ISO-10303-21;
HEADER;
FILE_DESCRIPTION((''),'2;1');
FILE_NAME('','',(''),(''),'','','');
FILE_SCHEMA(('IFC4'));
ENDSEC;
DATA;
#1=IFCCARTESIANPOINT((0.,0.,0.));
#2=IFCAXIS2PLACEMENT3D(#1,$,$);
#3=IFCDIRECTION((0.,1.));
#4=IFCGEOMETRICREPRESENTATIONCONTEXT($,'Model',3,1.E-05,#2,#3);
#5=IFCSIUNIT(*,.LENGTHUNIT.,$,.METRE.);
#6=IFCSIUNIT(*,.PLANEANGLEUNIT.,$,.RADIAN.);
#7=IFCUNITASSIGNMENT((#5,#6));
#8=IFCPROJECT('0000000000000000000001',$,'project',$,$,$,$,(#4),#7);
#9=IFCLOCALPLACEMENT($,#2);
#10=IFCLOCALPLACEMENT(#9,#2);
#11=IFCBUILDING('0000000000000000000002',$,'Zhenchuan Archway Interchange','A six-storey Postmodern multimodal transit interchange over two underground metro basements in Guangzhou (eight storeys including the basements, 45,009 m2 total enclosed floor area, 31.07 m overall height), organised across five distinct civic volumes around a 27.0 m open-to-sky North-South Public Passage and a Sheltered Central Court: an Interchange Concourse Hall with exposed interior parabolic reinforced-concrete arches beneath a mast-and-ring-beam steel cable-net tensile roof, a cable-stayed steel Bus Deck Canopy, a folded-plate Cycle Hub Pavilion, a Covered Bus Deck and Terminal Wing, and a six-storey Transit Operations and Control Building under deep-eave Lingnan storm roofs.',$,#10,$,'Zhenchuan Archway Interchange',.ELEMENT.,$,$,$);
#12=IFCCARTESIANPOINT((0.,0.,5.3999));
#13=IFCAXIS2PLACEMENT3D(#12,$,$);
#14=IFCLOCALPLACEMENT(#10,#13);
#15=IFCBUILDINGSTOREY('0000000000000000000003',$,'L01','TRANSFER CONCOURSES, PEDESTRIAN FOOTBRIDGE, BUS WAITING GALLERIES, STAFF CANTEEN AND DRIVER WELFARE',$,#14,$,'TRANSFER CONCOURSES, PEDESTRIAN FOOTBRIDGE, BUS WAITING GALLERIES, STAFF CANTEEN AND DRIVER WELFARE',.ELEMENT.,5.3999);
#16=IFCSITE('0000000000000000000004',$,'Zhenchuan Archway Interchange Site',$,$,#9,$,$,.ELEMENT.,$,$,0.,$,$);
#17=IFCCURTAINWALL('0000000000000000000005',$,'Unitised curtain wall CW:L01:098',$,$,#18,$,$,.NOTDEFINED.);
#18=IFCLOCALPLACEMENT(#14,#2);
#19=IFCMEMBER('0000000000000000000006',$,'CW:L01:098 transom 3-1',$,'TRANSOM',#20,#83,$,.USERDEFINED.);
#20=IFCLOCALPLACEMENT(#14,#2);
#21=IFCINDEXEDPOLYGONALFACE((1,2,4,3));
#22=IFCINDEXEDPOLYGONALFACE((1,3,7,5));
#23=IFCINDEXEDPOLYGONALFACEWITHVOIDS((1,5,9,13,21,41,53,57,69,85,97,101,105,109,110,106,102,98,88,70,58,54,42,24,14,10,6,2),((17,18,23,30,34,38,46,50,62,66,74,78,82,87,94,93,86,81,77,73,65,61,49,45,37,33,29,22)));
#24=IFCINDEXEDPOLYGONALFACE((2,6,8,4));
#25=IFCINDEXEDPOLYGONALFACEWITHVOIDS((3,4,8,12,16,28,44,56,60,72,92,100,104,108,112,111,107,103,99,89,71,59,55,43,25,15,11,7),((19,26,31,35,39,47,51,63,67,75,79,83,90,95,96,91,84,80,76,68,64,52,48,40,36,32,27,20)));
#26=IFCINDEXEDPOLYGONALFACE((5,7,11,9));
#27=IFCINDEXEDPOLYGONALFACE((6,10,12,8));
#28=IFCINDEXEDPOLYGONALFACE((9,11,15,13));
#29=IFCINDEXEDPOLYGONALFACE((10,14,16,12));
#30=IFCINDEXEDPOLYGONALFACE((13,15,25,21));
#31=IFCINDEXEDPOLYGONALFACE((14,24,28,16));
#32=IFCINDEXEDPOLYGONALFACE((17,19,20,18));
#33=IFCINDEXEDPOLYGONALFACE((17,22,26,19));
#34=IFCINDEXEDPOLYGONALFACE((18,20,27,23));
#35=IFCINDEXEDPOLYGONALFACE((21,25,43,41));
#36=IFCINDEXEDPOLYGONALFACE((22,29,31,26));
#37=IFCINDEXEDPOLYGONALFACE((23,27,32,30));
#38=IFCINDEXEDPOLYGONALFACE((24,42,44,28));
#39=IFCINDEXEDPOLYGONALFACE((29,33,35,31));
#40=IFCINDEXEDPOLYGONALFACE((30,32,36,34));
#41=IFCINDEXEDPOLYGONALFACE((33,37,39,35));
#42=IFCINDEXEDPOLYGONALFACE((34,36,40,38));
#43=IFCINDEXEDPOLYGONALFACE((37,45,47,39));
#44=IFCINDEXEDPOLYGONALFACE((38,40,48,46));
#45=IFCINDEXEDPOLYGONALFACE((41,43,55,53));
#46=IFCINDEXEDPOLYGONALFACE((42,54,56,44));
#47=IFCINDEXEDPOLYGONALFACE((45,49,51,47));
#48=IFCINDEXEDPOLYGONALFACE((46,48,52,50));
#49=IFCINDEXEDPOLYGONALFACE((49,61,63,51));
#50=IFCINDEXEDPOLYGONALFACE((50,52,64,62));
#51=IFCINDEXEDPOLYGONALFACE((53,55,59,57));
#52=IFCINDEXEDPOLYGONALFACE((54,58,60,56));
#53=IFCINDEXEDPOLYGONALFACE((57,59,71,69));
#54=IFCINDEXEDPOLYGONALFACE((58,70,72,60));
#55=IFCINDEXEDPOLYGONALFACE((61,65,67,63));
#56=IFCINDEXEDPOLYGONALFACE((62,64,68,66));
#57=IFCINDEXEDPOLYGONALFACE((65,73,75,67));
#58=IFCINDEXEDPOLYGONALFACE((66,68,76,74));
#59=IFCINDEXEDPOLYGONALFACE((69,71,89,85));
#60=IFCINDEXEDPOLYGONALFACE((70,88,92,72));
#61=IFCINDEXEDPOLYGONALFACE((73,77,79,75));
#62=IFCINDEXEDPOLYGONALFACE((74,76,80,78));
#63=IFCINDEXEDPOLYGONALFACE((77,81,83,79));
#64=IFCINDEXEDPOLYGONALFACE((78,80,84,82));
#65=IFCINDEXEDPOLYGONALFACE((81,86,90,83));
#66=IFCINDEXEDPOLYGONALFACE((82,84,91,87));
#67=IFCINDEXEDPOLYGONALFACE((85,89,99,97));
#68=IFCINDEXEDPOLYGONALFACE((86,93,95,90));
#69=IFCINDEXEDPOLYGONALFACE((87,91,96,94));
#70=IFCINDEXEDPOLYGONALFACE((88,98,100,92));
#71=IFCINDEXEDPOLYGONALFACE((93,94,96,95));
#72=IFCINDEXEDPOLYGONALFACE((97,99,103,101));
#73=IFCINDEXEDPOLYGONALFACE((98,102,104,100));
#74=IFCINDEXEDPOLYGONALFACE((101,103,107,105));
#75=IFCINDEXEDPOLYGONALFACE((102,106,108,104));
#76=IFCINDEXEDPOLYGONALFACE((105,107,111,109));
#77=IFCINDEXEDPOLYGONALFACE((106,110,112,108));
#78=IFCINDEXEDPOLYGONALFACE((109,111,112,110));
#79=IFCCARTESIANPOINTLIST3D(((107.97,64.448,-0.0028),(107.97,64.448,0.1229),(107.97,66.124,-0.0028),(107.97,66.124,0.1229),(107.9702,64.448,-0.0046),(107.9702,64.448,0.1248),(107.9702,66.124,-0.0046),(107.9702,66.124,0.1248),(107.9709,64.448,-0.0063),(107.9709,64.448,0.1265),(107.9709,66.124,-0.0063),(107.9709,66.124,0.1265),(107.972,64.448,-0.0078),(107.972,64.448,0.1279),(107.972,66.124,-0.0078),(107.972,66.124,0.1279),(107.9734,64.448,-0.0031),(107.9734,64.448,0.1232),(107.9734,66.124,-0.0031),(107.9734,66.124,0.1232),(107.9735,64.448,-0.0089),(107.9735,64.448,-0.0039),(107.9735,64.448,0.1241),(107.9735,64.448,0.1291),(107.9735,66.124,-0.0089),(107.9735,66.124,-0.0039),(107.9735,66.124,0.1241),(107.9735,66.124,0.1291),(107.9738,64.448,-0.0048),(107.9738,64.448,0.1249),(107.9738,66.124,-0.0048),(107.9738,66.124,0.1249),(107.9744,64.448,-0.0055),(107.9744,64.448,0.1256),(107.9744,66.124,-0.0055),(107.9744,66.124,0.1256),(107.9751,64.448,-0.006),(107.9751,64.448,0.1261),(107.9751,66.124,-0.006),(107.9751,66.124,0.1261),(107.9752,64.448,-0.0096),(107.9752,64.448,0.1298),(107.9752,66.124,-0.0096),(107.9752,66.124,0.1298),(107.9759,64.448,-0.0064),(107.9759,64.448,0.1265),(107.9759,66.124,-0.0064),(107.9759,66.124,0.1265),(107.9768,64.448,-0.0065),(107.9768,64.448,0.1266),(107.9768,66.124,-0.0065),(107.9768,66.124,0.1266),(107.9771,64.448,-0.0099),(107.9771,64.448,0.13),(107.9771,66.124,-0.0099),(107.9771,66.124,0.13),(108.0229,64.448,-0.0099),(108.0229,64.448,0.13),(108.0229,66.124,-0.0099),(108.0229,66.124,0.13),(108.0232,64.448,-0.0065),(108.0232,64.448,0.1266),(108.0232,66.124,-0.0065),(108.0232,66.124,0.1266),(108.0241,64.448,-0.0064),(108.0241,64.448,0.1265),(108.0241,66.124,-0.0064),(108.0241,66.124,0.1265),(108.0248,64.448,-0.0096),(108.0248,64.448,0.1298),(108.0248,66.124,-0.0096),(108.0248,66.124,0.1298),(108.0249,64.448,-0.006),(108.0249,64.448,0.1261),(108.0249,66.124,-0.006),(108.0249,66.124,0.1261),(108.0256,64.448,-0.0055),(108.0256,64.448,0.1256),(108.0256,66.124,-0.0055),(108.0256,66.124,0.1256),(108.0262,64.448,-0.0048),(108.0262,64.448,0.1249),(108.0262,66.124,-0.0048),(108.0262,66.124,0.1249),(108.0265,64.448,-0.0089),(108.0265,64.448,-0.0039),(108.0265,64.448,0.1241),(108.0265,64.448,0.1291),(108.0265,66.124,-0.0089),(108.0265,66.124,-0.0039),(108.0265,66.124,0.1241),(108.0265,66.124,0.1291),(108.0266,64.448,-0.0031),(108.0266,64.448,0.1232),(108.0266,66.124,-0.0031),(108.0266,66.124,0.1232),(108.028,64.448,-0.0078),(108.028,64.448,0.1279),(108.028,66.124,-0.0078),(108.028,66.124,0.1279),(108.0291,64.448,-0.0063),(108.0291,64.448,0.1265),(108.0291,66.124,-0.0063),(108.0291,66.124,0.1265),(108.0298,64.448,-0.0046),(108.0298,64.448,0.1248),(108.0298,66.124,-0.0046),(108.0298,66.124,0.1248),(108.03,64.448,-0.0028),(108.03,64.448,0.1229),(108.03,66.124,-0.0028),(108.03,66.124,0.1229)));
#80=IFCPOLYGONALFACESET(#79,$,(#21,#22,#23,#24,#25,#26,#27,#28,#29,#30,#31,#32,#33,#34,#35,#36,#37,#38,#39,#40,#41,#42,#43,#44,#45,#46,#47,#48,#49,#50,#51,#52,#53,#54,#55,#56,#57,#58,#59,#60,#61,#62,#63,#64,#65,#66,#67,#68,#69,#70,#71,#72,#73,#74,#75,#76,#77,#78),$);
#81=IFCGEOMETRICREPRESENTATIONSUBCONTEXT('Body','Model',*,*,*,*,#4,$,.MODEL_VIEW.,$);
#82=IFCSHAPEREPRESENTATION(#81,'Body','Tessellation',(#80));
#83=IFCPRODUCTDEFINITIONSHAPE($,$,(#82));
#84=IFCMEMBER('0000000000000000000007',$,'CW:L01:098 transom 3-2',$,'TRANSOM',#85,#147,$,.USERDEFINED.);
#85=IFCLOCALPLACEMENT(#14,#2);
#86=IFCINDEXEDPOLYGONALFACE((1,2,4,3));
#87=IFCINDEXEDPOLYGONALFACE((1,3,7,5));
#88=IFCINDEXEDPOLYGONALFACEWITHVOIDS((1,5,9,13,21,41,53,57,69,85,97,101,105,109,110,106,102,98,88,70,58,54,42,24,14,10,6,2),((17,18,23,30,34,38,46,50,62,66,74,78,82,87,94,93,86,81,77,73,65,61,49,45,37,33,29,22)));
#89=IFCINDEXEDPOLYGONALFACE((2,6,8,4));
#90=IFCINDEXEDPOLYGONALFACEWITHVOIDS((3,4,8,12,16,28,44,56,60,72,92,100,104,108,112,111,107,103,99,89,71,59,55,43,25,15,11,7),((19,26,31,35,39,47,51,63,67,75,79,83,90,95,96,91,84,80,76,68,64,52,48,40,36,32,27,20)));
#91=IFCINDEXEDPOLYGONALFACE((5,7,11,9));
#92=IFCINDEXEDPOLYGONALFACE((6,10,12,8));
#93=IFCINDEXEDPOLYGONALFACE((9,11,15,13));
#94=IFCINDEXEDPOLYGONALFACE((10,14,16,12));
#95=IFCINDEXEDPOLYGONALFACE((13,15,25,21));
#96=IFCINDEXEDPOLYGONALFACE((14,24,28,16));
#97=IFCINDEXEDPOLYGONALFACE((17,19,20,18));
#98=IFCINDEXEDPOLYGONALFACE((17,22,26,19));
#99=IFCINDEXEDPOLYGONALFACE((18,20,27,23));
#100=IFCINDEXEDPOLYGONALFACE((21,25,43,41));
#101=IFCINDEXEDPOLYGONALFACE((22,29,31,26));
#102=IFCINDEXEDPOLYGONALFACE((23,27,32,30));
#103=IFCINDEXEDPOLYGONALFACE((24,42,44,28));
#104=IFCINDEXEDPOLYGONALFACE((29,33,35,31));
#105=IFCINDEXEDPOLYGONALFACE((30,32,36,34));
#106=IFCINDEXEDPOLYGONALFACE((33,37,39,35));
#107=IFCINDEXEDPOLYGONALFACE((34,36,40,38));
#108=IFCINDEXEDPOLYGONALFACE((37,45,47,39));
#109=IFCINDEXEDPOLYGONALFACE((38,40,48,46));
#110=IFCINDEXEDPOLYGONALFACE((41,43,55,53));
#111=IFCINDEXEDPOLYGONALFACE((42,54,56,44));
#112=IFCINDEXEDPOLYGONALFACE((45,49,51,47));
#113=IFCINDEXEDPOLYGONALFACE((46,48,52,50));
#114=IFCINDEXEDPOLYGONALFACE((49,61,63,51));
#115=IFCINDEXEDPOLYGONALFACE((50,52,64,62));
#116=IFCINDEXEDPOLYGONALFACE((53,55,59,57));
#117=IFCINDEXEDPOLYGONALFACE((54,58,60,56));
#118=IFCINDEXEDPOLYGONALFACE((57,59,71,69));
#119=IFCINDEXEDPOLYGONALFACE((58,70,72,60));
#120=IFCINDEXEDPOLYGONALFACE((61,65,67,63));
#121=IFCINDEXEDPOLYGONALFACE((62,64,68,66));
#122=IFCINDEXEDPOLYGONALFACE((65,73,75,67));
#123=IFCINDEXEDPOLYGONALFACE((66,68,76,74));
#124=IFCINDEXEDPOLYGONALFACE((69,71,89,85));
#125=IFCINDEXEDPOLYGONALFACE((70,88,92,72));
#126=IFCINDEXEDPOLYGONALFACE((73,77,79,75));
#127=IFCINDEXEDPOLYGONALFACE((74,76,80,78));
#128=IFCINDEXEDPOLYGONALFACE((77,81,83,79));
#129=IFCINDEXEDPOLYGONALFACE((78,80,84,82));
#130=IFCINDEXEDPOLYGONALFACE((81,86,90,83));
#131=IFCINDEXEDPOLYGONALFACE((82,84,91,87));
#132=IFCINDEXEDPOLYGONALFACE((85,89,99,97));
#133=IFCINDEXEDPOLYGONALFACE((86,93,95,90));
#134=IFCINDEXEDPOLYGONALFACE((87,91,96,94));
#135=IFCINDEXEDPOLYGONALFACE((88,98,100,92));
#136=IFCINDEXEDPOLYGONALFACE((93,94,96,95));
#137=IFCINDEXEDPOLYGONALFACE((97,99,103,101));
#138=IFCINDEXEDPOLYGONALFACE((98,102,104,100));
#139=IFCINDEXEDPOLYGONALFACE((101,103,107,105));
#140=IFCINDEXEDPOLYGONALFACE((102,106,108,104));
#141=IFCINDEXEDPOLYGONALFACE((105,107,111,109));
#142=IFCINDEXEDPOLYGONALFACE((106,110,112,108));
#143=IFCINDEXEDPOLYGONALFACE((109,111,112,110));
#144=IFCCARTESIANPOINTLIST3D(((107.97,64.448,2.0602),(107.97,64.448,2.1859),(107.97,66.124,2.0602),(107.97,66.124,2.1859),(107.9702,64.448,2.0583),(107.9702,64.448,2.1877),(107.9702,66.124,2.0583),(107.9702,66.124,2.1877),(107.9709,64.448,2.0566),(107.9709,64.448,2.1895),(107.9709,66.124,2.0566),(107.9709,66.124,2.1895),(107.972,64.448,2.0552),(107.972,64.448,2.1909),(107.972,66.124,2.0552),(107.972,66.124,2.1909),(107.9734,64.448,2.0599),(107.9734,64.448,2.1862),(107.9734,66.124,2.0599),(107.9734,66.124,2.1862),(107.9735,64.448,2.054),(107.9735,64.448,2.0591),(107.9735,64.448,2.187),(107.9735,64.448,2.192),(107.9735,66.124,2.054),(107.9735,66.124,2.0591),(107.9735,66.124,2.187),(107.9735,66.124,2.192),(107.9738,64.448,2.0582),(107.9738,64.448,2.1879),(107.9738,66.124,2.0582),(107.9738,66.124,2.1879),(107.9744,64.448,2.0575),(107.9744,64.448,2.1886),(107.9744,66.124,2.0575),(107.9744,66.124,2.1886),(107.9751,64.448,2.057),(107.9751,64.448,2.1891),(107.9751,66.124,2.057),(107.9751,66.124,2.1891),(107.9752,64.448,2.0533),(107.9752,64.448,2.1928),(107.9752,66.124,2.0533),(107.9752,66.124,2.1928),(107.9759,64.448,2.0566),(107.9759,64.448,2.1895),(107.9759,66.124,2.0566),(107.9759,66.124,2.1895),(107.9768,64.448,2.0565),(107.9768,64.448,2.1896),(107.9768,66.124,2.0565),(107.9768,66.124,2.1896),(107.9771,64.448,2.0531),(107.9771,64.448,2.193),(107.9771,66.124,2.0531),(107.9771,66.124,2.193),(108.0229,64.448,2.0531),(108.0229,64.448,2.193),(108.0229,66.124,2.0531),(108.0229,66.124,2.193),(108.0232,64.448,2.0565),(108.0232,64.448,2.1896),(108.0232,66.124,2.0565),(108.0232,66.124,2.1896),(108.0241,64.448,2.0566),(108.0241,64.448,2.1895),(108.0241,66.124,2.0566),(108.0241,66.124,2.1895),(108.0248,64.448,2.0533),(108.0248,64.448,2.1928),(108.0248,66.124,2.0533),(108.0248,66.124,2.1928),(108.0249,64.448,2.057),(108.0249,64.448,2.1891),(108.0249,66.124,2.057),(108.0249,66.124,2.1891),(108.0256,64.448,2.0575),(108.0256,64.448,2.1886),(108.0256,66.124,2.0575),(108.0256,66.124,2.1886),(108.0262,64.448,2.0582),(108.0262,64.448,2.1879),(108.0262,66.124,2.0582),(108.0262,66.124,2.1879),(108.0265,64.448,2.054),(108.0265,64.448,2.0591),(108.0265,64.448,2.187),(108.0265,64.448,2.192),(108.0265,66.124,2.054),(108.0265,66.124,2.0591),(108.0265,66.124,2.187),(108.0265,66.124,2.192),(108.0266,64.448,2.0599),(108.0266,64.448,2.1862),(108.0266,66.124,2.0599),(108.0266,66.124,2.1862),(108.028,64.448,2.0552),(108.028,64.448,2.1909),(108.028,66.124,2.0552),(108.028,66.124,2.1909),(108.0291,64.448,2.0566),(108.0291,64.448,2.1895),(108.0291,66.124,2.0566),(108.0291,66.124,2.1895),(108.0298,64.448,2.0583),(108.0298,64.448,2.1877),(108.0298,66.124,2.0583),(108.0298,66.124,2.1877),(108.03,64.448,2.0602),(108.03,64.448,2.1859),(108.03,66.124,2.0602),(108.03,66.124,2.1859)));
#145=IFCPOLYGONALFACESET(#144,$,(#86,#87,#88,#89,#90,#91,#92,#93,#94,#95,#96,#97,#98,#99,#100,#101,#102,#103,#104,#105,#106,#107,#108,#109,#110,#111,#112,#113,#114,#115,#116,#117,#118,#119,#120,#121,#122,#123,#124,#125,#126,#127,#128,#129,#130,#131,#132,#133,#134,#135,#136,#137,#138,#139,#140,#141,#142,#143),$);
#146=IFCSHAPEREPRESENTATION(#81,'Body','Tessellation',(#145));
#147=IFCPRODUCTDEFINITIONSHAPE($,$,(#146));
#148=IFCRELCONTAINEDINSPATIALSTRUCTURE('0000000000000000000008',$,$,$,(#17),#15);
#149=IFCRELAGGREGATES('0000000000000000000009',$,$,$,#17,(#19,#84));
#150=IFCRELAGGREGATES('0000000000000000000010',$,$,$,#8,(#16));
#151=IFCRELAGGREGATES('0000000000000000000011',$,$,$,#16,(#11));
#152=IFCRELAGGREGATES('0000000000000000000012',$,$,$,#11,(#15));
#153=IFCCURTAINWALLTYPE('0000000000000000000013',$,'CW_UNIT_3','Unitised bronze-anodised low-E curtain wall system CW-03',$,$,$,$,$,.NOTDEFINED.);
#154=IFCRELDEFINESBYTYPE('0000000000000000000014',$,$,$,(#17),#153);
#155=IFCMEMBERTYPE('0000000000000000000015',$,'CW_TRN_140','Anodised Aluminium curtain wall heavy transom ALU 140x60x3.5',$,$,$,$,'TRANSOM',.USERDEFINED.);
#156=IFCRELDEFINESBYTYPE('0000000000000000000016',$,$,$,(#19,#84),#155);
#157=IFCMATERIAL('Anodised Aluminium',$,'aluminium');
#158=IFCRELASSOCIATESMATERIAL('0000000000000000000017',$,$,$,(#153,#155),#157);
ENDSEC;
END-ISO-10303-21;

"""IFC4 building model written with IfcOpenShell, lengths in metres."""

from ifc_helpers import new_model, si_unit, direction, frame, origin, origin_2d, place, context, subcontext, project, spatial, hollow_rectangle, extrude, material, material_profile, profile_set, type_object, element, aggregate, save


model = new_model("IFC4")

# Units and contexts
model_context = context("Model", 3, precision=1e-05, world=origin(), true_north=direction((0.0, 1.0)))
body_context = subcontext(model_context, "Body", "Model", "MODEL_VIEW")
ifc_project = project(units=[si_unit("LENGTHUNIT", "METRE"), si_unit("PLANEANGLEUNIT", "RADIAN")], contexts=[model_context])

# Site, building, storey
site_placement = place(None, origin())
site = spatial("IfcSite", under=ifc_project, at=site_placement, Name="Zhenchuan Archway Interchange Site", CompositionType="ELEMENT", RefElevation=0.0)
building_placement = place(site_placement, origin())
building = spatial("IfcBuilding", under=site, at=building_placement, Name="Zhenchuan Archway Interchange", Description="A six-storey Postmodern multimodal transit interchange over two underground metro basements in Guangzhou (eight storeys including the basements, 45,009 m2 total enclosed floor area, 31.07 m overall height), organised across five distinct civic volumes around a 27.0 m open-to-sky North-South Public Passage and a Sheltered Central Court: an Interchange Concourse Hall with exposed interior parabolic reinforced-concrete arches beneath a mast-and-ring-beam steel cable-net tensile roof, a cable-stayed steel Bus Deck Canopy, a folded-plate Cycle Hub Pavilion, a Covered Bus Deck and Terminal Wing, and a six-storey Transit Operations and Control Building under deep-eave Lingnan storm roofs.", LongName="Zhenchuan Archway Interchange", CompositionType="ELEMENT")
storey_placement = place(building_placement, frame((0.0, 0.0, 5.3999)))
storey = spatial("IfcBuildingStorey", under=building, at=storey_placement, Name="L01", Description="TRANSFER CONCOURSES, PEDESTRIAN FOOTBRIDGE, BUS WAITING GALLERIES, STAFF CANTEEN AND DRIVER WELFARE", LongName="TRANSFER CONCOURSES, PEDESTRIAN FOOTBRIDGE, BUS WAITING GALLERIES, STAFF CANTEEN AND DRIVER WELFARE", CompositionType="ELEMENT", Elevation=5.3999)

# Curtain wall, members
ifc_material_1 = material(Name="Anodised Aluminium", Category="aluminium")
curtain_wall_type = type_object("IfcCurtainWallType", Name="CW_UNIT_3", Description="Unitised bronze-anodised low-E curtain wall system CW-03", PredefinedType="NOTDEFINED", material=ifc_material_1)
curtain_wall_placement = place(storey_placement, origin())
curtain_wall = element("IfcCurtainWall", 1, at=curtain_wall_placement, inside=storey, type_object=curtain_wall_type, Name="Unitised curtain wall CW:L01:098", PredefinedType="NOTDEFINED")
ifc_material_profile_1 = material_profile(ifc_material_1, hollow_rectangle(XDim=0.0601, YDim=0.1399, WallThickness=0.0034, InnerFilletRadius=0.0034, OuterFilletRadius=0.0071, at=origin_2d()), Name="ALU 140x60x3.5")
ifc_profile_set_1 = profile_set([ifc_material_profile_1], Name="Anodised Aluminium")
member_type_1 = type_object("IfcMemberType", Name="CW_TRN_140", Description="Anodised Aluminium curtain wall heavy transom ALU 140x60x3.5", ElementType="TRANSOM", PredefinedType="USERDEFINED", material=ifc_profile_set_1)
member_1_placement = place(storey_placement, frame((108.0, 66.124, 0.0601), z_axis=(0.0, -1.0, 0.0), x_axis=(1.0, 0.0, 0.0)))
member_1 = element("IfcMember", 2, at=member_1_placement, type_object=member_type_1, Name="CW:L01:098 transom 3-1", ObjectType="TRANSOM", PredefinedType="USERDEFINED", context=body_context, shape_type="SweptSolid", body=[
    extrude(hollow_rectangle(XDim=0.0601, YDim=0.1399, WallThickness=0.0034, InnerFilletRadius=0.0034, OuterFilletRadius=0.0071, at=origin_2d()), origin(), (0.0, 0.0, 1.0), 1.676),
])
member_2_placement = place(storey_placement, frame((108.0, 66.124, 2.123), z_axis=(0.0, -1.0, 0.0), x_axis=(1.0, 0.0, 0.0)))
member_2 = element("IfcMember", 3, at=member_2_placement, type_object=member_type_1, Name="CW:L01:098 transom 3-2", ObjectType="TRANSOM", PredefinedType="USERDEFINED", context=body_context, shape_type="SweptSolid", body=[
    extrude(hollow_rectangle(XDim=0.0601, YDim=0.1399, WallThickness=0.0034, InnerFilletRadius=0.0034, OuterFilletRadius=0.0071, at=origin_2d()), origin(), (0.0, 0.0, 1.0), 1.676),
])

aggregate(curtain_wall, [member_1, member_2])

save(model, "model.ifc")
